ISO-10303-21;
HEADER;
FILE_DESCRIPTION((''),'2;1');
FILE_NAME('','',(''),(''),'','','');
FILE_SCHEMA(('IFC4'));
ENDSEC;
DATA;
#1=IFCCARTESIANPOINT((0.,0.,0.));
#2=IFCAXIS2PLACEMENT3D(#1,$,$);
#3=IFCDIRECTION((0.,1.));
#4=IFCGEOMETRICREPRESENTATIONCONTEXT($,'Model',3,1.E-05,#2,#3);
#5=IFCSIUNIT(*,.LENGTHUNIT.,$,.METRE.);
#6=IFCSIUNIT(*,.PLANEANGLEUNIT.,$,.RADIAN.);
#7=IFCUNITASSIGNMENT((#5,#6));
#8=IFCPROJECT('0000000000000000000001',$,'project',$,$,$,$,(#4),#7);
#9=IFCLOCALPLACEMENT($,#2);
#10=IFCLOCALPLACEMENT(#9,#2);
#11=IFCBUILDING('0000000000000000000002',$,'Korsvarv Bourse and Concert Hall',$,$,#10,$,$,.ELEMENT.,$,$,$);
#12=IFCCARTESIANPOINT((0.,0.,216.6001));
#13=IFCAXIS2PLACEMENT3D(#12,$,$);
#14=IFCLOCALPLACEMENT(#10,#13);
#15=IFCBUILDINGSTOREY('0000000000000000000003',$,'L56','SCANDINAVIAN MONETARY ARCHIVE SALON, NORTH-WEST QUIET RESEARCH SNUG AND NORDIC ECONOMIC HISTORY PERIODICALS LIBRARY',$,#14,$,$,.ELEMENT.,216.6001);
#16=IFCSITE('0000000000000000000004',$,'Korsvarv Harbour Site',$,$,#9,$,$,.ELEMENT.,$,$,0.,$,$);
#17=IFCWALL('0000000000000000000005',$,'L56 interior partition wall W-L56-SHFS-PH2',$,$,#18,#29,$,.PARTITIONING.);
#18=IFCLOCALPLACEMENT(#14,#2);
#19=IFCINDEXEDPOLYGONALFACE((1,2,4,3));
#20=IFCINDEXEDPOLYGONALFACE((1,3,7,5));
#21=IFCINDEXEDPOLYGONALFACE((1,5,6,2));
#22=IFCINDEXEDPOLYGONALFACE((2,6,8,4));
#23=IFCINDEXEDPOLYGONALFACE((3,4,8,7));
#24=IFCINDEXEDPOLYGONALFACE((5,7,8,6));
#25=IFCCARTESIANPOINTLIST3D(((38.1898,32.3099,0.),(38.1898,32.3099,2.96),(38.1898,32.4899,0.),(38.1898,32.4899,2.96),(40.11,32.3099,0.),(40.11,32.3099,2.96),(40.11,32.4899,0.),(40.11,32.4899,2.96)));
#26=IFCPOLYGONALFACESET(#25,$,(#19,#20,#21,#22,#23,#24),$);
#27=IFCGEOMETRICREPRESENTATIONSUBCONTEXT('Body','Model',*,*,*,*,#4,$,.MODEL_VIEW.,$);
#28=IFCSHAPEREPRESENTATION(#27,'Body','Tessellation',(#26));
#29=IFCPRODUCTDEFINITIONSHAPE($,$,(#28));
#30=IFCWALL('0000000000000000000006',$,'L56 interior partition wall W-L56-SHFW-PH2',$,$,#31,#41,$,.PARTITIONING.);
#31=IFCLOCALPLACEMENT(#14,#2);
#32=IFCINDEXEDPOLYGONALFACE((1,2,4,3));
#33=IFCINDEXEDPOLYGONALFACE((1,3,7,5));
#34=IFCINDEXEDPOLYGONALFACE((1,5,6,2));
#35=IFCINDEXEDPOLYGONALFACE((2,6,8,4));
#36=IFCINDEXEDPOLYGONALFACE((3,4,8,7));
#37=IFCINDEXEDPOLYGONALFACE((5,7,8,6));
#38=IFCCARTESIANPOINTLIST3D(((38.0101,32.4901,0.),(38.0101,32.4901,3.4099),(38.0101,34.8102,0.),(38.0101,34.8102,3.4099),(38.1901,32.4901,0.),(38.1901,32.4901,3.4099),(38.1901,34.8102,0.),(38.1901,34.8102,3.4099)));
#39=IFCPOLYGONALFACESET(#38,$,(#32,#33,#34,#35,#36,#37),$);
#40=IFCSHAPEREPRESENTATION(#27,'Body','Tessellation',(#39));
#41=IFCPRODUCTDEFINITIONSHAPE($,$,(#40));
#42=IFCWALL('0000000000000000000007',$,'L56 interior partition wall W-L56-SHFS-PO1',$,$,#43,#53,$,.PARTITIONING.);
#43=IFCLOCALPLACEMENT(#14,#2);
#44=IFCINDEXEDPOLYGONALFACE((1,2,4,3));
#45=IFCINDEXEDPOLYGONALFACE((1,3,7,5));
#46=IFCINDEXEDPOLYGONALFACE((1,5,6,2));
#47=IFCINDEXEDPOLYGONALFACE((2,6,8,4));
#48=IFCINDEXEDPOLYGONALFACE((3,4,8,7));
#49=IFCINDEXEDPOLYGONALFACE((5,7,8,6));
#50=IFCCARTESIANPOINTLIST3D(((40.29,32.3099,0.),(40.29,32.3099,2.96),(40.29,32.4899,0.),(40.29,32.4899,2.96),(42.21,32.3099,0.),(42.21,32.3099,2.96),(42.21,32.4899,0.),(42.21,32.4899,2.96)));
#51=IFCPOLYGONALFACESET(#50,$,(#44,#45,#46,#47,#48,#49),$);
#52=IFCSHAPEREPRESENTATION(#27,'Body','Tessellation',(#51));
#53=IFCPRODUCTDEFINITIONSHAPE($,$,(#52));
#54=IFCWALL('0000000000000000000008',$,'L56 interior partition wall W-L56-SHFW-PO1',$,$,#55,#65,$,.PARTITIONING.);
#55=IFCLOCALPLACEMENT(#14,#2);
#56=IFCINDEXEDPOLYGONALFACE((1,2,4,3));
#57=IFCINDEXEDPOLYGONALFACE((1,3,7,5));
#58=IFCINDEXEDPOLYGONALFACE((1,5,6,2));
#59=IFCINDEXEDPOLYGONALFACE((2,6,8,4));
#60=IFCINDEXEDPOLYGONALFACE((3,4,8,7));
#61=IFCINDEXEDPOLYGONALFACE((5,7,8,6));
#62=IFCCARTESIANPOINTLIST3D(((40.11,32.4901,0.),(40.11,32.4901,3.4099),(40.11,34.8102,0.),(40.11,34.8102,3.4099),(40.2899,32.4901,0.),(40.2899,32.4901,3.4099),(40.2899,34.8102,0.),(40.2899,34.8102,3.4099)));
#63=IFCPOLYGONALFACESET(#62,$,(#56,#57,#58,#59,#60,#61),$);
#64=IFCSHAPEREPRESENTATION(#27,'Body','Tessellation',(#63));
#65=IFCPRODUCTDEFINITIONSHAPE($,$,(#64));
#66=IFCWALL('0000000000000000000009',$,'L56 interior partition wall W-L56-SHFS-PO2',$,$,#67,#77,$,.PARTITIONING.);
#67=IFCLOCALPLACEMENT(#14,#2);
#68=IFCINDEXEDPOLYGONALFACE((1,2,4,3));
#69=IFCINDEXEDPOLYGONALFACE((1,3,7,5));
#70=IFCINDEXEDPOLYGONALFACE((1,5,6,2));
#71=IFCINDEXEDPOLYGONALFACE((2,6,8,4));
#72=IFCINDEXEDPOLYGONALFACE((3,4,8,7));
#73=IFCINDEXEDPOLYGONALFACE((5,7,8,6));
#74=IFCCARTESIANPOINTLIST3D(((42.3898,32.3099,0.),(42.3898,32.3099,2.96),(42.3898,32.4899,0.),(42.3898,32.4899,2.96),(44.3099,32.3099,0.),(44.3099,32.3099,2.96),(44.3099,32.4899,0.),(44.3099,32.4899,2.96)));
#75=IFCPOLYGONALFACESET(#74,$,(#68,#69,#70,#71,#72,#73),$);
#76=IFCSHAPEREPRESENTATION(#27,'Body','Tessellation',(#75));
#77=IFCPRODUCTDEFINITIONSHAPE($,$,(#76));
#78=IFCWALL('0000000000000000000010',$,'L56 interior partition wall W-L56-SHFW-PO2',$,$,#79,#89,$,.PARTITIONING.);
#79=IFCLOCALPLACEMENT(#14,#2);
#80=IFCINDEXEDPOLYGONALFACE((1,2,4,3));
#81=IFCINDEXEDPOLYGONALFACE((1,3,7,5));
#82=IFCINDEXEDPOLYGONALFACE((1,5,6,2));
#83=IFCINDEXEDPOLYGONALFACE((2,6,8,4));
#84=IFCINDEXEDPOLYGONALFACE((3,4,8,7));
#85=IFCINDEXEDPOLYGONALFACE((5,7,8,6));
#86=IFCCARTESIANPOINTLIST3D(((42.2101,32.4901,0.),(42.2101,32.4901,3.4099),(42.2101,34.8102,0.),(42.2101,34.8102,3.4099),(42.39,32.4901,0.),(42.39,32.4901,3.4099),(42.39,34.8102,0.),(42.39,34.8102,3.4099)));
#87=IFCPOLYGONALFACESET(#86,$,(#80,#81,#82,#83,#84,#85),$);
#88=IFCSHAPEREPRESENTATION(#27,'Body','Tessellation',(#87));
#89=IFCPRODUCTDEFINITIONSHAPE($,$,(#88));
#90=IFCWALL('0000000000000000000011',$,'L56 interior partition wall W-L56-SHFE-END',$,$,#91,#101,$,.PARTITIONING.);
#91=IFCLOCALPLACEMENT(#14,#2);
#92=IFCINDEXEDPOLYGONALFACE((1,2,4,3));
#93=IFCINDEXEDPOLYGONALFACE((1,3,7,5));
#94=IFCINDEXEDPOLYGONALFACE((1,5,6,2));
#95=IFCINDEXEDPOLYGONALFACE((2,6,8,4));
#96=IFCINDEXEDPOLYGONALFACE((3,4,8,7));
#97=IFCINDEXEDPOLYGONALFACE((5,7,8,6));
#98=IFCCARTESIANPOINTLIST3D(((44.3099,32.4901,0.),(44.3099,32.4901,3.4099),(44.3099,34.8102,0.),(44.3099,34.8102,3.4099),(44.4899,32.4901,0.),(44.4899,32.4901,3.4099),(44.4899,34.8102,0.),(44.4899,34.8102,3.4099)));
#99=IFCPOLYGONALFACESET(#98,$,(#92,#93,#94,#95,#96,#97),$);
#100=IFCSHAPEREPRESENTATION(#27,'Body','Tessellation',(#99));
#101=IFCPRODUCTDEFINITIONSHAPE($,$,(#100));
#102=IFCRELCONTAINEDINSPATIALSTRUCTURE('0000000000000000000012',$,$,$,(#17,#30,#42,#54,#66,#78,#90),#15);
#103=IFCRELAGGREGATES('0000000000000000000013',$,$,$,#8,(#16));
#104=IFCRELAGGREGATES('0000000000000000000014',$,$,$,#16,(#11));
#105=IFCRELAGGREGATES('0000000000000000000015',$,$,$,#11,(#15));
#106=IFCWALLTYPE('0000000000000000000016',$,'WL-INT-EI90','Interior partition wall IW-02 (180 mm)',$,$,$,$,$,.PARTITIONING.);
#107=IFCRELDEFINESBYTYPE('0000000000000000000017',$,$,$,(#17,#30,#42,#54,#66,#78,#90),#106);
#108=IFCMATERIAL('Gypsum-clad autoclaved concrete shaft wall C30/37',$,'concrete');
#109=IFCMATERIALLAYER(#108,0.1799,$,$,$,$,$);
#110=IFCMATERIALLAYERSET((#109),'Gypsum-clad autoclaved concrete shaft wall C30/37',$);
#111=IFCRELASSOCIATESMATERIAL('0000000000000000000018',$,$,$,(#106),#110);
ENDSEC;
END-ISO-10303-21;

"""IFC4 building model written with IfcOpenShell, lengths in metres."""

from ifc_helpers import new_model, si_unit, direction, frame, frame_2d, origin, place, context, subcontext, project, spatial, rectangle, extrude, material, layer, layer_set, type_object, element, save


model = new_model("IFC4")

# Units and contexts
model_context = context("Model", 3, precision=1e-05, world=origin(), true_north=direction((0.0, 1.0)))
body_context = subcontext(model_context, "Body", "Model", "MODEL_VIEW")
ifc_project = project(units=[si_unit("LENGTHUNIT", "METRE"), si_unit("PLANEANGLEUNIT", "RADIAN")], contexts=[model_context])

# Site, building, storey
site_placement = place(None, origin())
site = spatial("IfcSite", under=ifc_project, at=site_placement, Name="Korsvarv Harbour Site", CompositionType="ELEMENT", RefElevation=0.0)
building_placement = place(site_placement, origin())
building = spatial("IfcBuilding", under=site, at=building_placement, Name="Korsvarv Bourse and Concert Hall", CompositionType="ELEMENT")
storey_placement = place(building_placement, frame((0.0, 0.0, 216.6001)))
storey = spatial("IfcBuildingStorey", under=building, at=storey_placement, Name="L56", Description="SCANDINAVIAN MONETARY ARCHIVE SALON, NORTH-WEST QUIET RESEARCH SNUG AND NORDIC ECONOMIC HISTORY PERIODICALS LIBRARY", CompositionType="ELEMENT", Elevation=216.6001)

# Walls
ifc_material_1 = material(Name="Gypsum-clad autoclaved concrete shaft wall C30/37", Category="concrete")
ifc_layer_1 = layer(ifc_material_1, 0.1799)
ifc_layer_set_1 = layer_set([ifc_layer_1], Name="Gypsum-clad autoclaved concrete shaft wall C30/37")
wall_type_1 = type_object("IfcWallType", Name="WL-INT-EI90", Description="Interior partition wall IW-02 (180 mm)", PredefinedType="PARTITIONING", material=ifc_layer_set_1)
wall_1_placement = place(storey_placement, frame((38.1899, 32.3999, 0.0), z_axis=(0.0, 0.0, 1.0), x_axis=(1.0, 0.0, 0.0)))
element("IfcWall", 1, at=wall_1_placement, inside=storey, type_object=wall_type_1, Name="L56 interior partition wall W-L56-SHFS-PH2", PredefinedType="PARTITIONING", context=body_context, shape_type="SweptSolid", body=[
    extrude(rectangle(XDim=1.9202, YDim=0.1799, at=frame_2d((0.96, 0.0))), origin(), (0.0, 0.0, 1.0), 2.96),
])
wall_2_placement = place(storey_placement, frame((38.1001, 32.49, 0.0), z_axis=(0.0, 0.0, 1.0), x_axis=(0.0, 1.0, 0.0)))
element("IfcWall", 2, at=wall_2_placement, inside=storey, type_object=wall_type_1, Name="L56 interior partition wall W-L56-SHFW-PH2", PredefinedType="PARTITIONING", context=body_context, shape_type="SweptSolid", body=[
    extrude(rectangle(XDim=2.3201, YDim=0.1799, at=frame_2d((1.1602, 0.0))), origin(), (0.0, 0.0, 1.0), 3.4099),
])
wall_3_placement = place(storey_placement, frame((40.29, 32.3999, 0.0), z_axis=(0.0, 0.0, 1.0), x_axis=(1.0, 0.0, 0.0)))
element("IfcWall", 3, at=wall_3_placement, inside=storey, type_object=wall_type_1, Name="L56 interior partition wall W-L56-SHFS-PO1", PredefinedType="PARTITIONING", context=body_context, shape_type="SweptSolid", body=[
    extrude(rectangle(XDim=1.9199, YDim=0.1799, at=frame_2d((0.96, 0.0))), origin(), (0.0, 0.0, 1.0), 2.96),
])
wall_4_placement = place(storey_placement, frame((40.2, 32.49, 0.0), z_axis=(0.0, 0.0, 1.0), x_axis=(0.0, 1.0, 0.0)))
element("IfcWall", 4, at=wall_4_placement, inside=storey, type_object=wall_type_1, Name="L56 interior partition wall W-L56-SHFW-PO1", PredefinedType="PARTITIONING", context=body_context, shape_type="SweptSolid", body=[
    extrude(rectangle(XDim=2.3201, YDim=0.1799, at=frame_2d((1.1602, 0.0))), origin(), (0.0, 0.0, 1.0), 3.4099),
])
wall_5_placement = place(storey_placement, frame((42.3899, 32.3999, 0.0), z_axis=(0.0, 0.0, 1.0), x_axis=(1.0, 0.0, 0.0)))
element("IfcWall", 5, at=wall_5_placement, inside=storey, type_object=wall_type_1, Name="L56 interior partition wall W-L56-SHFS-PO2", PredefinedType="PARTITIONING", context=body_context, shape_type="SweptSolid", body=[
    extrude(rectangle(XDim=1.9202, YDim=0.1799, at=frame_2d((0.96, 0.0))), origin(), (0.0, 0.0, 1.0), 2.96),
])
for number, where, z_axis, x_axis, name in (
    (6, (42.3, 32.49, 0.0), (0.0, 0.0, 1.0), (0.0, 1.0, 0.0), "L56 interior partition wall W-L56-SHFW-PO2"),
    (7, (44.3999, 32.49, 0.0), (0.0, 0.0, 1.0), (0.0, 1.0, 0.0), "L56 interior partition wall W-L56-SHFE-END"),
):
    element("IfcWall", number, at=place(storey_placement, frame(where, z_axis=z_axis, x_axis=x_axis)), inside=storey, type_object=wall_type_1, Name=name, PredefinedType="PARTITIONING", context=body_context, shape_type="SweptSolid", body=[
        extrude(rectangle(XDim=2.3201, YDim=0.1799, at=frame_2d((1.1602, 0.0))), origin(), (0.0, 0.0, 1.0), 3.4099),
    ])

save(model, "model.ifc")
